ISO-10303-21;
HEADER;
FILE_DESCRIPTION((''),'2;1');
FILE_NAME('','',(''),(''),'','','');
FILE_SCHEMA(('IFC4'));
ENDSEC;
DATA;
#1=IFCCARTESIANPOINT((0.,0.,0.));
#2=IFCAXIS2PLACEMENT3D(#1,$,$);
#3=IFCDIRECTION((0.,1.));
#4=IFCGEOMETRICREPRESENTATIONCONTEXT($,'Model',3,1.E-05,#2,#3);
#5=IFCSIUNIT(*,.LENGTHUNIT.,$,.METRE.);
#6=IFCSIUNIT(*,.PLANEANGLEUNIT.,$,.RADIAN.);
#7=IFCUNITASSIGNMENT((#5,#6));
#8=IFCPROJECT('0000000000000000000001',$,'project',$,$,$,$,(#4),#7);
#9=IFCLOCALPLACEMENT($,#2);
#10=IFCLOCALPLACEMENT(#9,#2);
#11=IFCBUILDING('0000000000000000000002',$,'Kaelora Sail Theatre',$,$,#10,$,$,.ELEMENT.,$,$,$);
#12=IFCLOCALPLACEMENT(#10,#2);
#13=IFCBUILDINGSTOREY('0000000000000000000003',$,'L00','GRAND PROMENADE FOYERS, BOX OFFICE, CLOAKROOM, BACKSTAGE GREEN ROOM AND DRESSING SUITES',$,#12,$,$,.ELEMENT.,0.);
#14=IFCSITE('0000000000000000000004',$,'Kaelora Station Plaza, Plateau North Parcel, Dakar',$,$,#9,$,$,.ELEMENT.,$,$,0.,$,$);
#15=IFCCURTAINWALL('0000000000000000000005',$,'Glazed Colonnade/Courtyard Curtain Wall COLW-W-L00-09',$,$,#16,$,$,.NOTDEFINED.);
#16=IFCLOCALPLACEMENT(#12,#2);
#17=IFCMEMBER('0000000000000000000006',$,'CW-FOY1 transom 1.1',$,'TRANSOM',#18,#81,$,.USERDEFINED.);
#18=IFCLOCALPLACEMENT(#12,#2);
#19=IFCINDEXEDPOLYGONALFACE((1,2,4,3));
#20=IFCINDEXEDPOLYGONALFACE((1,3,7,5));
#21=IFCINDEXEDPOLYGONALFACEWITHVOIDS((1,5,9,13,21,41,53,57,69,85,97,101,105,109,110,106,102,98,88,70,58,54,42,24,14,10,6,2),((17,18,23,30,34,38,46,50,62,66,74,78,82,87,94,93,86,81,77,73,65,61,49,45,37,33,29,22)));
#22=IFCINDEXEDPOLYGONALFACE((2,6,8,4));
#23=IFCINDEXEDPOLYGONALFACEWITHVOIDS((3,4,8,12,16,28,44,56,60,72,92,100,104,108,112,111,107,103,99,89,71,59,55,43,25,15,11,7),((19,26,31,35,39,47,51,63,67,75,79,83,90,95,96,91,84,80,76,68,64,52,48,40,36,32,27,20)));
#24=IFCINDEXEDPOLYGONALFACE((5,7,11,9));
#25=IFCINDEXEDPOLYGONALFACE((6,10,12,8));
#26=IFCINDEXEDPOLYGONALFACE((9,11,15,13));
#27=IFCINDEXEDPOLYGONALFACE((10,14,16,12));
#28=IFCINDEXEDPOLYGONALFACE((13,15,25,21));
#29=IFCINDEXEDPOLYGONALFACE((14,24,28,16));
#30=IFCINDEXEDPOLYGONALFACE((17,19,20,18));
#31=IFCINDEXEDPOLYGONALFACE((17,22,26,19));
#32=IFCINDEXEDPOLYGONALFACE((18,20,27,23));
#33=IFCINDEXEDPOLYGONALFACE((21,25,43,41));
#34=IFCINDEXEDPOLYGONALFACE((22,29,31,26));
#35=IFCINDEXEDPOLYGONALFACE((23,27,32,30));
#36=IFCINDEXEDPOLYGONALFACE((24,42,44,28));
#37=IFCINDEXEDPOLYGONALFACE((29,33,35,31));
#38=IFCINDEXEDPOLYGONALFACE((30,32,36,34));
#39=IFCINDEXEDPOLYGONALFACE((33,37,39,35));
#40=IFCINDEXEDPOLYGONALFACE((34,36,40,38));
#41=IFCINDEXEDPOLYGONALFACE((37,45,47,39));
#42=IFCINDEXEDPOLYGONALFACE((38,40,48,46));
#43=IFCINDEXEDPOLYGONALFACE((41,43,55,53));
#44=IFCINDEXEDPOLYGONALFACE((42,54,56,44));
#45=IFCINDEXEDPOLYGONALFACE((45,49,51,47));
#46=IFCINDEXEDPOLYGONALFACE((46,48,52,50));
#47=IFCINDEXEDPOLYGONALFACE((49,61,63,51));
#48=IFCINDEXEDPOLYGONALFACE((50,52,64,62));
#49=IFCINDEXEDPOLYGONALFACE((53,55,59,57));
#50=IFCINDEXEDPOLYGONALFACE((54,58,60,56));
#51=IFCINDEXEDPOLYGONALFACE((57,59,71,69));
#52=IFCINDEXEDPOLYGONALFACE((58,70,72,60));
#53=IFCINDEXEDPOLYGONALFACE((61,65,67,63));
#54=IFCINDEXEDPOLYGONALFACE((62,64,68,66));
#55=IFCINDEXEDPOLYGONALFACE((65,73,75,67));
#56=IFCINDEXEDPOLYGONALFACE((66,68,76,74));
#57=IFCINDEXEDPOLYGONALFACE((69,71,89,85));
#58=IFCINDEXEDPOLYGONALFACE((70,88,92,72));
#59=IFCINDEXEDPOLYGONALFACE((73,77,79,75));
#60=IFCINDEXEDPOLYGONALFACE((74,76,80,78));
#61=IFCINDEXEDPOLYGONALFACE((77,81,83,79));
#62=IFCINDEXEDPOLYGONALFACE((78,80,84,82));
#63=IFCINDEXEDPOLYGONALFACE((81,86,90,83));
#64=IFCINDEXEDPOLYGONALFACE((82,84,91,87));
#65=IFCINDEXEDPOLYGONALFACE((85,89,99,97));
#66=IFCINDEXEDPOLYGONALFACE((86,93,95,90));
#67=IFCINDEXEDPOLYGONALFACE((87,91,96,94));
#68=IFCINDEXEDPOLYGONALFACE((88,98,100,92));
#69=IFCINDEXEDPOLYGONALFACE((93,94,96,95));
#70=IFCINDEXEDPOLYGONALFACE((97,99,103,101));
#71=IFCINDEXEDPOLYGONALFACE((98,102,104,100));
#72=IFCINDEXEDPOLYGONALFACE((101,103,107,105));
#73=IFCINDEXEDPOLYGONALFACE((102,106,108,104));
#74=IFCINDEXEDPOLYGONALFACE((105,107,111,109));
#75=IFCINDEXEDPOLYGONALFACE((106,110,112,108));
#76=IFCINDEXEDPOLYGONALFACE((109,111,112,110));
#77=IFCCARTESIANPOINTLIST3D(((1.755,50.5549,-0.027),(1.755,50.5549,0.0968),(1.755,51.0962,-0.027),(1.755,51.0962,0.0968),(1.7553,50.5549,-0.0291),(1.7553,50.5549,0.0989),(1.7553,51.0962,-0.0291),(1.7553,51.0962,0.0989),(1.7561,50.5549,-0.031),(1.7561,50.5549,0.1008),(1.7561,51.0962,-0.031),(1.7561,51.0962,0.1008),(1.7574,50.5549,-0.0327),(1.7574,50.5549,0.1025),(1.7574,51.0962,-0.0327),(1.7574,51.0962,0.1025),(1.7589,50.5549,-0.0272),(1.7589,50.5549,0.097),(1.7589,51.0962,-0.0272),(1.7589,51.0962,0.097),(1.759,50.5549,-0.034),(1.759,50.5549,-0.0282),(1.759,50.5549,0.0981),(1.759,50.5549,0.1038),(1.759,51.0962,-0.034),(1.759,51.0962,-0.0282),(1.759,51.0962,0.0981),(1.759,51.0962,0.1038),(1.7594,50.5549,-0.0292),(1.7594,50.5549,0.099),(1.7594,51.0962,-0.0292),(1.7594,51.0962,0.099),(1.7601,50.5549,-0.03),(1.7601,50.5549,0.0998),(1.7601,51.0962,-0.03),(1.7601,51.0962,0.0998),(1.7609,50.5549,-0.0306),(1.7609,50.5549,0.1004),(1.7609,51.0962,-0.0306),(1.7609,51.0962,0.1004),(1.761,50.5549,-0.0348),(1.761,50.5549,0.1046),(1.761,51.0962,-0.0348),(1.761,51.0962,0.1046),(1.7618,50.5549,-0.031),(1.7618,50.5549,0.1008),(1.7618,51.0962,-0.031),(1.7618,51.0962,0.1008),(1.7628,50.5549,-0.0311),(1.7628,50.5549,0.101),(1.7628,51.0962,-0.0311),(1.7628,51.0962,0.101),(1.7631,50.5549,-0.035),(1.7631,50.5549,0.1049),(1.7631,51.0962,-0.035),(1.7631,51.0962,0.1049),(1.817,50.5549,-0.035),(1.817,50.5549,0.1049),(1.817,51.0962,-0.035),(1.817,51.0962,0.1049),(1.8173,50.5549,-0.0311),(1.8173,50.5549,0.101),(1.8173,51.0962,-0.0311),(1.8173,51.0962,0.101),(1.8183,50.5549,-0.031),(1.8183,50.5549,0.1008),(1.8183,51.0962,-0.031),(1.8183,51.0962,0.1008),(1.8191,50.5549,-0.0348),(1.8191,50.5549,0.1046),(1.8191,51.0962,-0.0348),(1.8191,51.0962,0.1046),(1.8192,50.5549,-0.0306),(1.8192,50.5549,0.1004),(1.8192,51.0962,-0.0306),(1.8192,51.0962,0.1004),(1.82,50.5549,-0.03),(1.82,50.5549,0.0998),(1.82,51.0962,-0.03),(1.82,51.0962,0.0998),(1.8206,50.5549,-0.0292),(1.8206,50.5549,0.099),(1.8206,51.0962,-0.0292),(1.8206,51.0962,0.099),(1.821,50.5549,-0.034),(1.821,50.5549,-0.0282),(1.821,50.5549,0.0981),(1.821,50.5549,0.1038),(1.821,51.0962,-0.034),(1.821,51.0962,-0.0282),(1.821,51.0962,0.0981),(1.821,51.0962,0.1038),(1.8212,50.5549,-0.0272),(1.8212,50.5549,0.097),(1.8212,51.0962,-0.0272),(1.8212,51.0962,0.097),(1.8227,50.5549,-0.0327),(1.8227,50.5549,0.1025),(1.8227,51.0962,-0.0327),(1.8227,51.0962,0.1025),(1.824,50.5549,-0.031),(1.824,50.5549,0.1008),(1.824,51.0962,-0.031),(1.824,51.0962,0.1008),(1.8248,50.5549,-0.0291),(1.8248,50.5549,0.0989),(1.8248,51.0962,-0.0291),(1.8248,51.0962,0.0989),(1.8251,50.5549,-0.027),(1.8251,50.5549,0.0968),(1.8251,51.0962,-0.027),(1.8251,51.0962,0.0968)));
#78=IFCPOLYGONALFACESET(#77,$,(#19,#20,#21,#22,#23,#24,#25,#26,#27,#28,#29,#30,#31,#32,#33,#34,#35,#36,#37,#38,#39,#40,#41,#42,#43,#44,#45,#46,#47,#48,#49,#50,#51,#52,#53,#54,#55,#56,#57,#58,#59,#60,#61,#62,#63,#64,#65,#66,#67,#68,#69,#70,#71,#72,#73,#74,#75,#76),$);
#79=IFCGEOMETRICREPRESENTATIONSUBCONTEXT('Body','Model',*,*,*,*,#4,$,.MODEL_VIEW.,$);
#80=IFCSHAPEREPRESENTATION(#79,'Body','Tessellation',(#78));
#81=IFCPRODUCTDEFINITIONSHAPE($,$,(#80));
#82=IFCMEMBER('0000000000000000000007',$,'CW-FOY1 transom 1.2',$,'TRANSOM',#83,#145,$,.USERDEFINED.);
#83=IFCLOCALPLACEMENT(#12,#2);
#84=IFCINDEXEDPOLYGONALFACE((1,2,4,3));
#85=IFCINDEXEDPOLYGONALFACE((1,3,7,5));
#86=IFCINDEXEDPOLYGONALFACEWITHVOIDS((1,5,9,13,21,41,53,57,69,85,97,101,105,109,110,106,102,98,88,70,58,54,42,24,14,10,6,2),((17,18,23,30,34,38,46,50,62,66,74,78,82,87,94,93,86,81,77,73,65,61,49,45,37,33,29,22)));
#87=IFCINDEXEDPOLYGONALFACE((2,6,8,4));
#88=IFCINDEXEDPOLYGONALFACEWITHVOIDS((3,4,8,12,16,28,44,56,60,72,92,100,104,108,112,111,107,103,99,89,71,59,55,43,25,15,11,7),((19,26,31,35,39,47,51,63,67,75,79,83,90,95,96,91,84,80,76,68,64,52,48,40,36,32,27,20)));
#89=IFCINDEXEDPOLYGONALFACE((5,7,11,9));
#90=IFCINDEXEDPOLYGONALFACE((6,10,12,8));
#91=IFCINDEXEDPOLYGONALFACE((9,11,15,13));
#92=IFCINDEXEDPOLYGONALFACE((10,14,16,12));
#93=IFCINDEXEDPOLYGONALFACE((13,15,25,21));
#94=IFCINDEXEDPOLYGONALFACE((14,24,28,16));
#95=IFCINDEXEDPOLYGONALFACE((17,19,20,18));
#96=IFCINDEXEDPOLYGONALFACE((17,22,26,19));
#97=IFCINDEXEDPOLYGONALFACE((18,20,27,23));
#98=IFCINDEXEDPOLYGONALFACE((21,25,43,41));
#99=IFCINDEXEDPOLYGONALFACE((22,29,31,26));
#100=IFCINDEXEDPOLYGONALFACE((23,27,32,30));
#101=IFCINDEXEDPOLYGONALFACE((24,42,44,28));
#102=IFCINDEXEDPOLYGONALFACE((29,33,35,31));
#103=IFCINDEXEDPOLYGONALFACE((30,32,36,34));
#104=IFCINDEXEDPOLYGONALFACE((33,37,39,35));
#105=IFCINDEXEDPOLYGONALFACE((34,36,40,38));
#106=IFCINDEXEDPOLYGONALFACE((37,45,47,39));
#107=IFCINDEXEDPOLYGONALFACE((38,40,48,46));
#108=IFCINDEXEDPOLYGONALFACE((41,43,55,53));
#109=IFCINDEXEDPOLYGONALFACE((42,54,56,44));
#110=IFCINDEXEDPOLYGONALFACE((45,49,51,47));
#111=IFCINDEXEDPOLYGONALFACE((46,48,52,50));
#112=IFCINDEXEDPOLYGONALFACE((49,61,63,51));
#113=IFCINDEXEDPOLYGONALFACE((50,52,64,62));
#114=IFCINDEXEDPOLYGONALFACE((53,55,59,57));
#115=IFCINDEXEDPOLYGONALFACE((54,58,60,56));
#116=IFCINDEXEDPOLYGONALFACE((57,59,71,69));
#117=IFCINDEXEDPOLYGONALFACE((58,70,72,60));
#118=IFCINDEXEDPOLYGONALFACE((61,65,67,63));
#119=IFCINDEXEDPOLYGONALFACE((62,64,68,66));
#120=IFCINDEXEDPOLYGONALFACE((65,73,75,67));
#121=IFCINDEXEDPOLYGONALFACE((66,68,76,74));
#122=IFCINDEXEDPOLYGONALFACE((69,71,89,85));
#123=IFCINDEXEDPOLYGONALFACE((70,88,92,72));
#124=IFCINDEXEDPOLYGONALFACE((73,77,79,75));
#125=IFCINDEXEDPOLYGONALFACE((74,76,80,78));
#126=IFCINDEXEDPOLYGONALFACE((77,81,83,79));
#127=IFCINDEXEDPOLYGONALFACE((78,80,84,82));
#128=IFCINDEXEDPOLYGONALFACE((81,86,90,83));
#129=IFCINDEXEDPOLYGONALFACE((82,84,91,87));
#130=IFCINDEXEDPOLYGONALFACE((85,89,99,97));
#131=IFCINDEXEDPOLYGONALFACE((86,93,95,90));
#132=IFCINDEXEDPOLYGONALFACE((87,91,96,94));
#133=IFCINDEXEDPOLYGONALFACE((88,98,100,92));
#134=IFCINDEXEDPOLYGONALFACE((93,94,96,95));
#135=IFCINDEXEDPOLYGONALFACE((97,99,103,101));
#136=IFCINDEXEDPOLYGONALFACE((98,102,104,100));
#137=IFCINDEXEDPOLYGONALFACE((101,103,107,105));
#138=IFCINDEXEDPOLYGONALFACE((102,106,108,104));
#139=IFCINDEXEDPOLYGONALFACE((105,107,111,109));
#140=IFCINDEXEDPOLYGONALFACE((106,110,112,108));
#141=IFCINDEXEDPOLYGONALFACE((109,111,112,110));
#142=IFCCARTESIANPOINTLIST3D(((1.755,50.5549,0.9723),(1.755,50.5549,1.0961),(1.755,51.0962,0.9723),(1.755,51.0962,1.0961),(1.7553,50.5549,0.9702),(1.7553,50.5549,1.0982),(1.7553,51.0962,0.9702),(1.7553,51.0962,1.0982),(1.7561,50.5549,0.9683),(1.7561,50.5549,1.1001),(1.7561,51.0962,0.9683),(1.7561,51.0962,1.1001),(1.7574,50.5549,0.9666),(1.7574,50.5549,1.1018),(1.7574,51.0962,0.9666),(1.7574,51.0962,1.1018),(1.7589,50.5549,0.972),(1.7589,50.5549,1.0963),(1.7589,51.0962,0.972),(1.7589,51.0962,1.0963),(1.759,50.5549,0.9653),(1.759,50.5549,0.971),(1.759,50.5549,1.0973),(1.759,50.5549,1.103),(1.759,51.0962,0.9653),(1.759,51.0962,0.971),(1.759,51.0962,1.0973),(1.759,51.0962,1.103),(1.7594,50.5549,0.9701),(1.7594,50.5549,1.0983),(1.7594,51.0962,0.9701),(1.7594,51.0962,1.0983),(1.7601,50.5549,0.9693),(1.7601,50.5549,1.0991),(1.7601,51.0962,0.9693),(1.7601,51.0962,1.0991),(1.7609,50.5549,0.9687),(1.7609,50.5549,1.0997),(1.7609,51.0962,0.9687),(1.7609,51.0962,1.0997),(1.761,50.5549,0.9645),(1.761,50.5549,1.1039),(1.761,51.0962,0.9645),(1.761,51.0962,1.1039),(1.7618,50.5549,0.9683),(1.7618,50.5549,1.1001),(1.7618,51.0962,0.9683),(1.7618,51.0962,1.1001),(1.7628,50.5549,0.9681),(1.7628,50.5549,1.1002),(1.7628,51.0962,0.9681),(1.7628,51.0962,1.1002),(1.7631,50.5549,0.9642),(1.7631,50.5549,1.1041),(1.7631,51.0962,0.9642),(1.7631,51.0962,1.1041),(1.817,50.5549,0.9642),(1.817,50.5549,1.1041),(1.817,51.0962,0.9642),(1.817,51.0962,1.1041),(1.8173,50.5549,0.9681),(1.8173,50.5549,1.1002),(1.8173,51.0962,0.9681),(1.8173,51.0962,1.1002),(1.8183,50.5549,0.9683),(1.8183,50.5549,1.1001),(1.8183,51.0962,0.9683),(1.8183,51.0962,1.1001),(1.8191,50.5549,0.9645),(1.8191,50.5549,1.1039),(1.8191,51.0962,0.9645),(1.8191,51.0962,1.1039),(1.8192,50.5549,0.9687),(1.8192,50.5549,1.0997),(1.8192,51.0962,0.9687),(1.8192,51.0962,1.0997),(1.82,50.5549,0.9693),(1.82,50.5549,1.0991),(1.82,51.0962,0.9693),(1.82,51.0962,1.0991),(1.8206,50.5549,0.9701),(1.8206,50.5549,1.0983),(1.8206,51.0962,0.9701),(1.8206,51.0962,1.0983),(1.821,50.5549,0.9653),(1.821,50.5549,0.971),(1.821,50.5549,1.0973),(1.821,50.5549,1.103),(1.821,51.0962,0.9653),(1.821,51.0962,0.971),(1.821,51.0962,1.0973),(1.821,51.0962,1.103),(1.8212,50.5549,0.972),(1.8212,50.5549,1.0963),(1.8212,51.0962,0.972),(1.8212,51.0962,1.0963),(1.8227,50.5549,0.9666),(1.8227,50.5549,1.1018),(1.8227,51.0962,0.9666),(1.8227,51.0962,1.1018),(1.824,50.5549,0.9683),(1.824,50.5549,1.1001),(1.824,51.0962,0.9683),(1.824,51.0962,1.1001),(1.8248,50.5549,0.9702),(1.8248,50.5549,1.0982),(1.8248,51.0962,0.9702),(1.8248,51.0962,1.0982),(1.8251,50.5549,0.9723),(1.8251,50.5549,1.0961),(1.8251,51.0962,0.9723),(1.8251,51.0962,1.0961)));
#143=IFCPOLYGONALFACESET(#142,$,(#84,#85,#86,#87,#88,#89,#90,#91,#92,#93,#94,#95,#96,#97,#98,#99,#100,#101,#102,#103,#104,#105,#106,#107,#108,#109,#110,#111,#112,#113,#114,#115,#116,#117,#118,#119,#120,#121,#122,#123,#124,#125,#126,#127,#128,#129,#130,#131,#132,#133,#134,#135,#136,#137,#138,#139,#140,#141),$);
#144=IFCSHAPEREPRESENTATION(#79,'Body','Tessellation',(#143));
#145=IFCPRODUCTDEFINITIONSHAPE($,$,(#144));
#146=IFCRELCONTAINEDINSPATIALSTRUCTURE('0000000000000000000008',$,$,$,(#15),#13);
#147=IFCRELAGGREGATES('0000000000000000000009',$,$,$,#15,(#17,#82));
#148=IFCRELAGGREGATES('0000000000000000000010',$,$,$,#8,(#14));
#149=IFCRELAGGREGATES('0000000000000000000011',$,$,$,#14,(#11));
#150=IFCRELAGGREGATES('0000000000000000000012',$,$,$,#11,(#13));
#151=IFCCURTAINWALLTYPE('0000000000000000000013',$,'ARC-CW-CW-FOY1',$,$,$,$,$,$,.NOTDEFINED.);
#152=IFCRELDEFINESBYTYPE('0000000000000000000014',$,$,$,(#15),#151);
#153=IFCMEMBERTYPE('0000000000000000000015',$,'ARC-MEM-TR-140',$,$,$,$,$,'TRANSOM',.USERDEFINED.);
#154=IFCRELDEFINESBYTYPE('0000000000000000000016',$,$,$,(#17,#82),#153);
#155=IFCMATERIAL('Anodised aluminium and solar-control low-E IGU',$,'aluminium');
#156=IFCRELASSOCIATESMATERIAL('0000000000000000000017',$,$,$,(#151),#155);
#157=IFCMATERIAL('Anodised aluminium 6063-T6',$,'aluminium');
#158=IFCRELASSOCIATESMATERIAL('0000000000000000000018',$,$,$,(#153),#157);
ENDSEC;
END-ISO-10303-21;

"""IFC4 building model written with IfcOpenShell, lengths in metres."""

from ifc_helpers import new_model, si_unit, direction, frame, origin, origin_2d, place, context, subcontext, project, spatial, hollow_rectangle, extrude, material, material_profile, profile_set, type_object, element, aggregate, save


model = new_model("IFC4")

# Units and contexts
model_context = context("Model", 3, precision=1e-05, world=origin(), true_north=direction((0.0, 1.0)))
body_context = subcontext(model_context, "Body", "Model", "MODEL_VIEW")
ifc_project = project(units=[si_unit("LENGTHUNIT", "METRE"), si_unit("PLANEANGLEUNIT", "RADIAN")], contexts=[model_context])

# Site, building, storey
site_placement = place(None, origin())
site = spatial("IfcSite", under=ifc_project, at=site_placement, Name="Kaelora Station Plaza, Plateau North Parcel, Dakar", CompositionType="ELEMENT", RefElevation=0.0)
building_placement = place(site_placement, origin())
building = spatial("IfcBuilding", under=site, at=building_placement, Name="Kaelora Sail Theatre", CompositionType="ELEMENT")
storey_placement = place(building_placement, origin())
storey = spatial("IfcBuildingStorey", under=building, at=storey_placement, Name="L00", Description="GRAND PROMENADE FOYERS, BOX OFFICE, CLOAKROOM, BACKSTAGE GREEN ROOM AND DRESSING SUITES", CompositionType="ELEMENT", Elevation=0.0)

# Shared definitions
ifc_material_1 = material(Name="Anodised aluminium and solar-control low-E IGU", Category="aluminium")
curtain_wall_type = type_object("IfcCurtainWallType", Name="ARC-CW-CW-FOY1", PredefinedType="NOTDEFINED", material=ifc_material_1)

# Curtain wall
curtain_wall_1_placement = place(storey_placement, origin())
curtain_wall_1 = element("IfcCurtainWall", 1, at=curtain_wall_1_placement, inside=storey, type_object=curtain_wall_type, Name="Glazed Colonnade/Courtyard Curtain Wall COLW-W-L00-09", PredefinedType="NOTDEFINED")

# Members
ifc_material_2 = material(Name="Anodised aluminium 6063-T6", Category="aluminium")
ifc_material_profile_1 = material_profile(ifc_material_2, hollow_rectangle(XDim=0.0701, YDim=0.1399, WallThickness=0.0039, InnerFilletRadius=0.0039, OuterFilletRadius=0.0081, at=origin_2d()), Name="ALU-TRAN 70x140x4")
ifc_profile_set_1 = profile_set([ifc_material_profile_1], Name="Anodised aluminium 6063-T6")
member_type_1 = type_object("IfcMemberType", Name="ARC-MEM-TR-140", ElementType="TRANSOM", PredefinedType="USERDEFINED", material=ifc_profile_set_1)
member_1_placement = place(storey_placement, frame((1.79, 50.5549, 0.0349), z_axis=(0.0, 1.0, 0.0), x_axis=(-1.0, 0.0, 0.0)))
member_1 = element("IfcMember", 2, at=member_1_placement, type_object=member_type_1, Name="CW-FOY1 transom 1.1", ObjectType="TRANSOM", PredefinedType="USERDEFINED", context=body_context, shape_type="SweptSolid", body=[
    extrude(hollow_rectangle(XDim=0.0701, YDim=0.1399, WallThickness=0.0039, InnerFilletRadius=0.0039, OuterFilletRadius=0.0081, at=origin_2d()), origin(), (0.0, 0.0, 1.0), 0.5413),
])
member_2_placement = place(storey_placement, frame((1.79, 50.5549, 1.0342), z_axis=(0.0, 1.0, 0.0), x_axis=(-1.0, 0.0, 0.0)))
member_2 = element("IfcMember", 3, at=member_2_placement, type_object=member_type_1, Name="CW-FOY1 transom 1.2", ObjectType="TRANSOM", PredefinedType="USERDEFINED", context=body_context, shape_type="SweptSolid", body=[
    extrude(hollow_rectangle(XDim=0.0701, YDim=0.1399, WallThickness=0.0039, InnerFilletRadius=0.0039, OuterFilletRadius=0.0081, at=origin_2d()), origin(), (0.0, 0.0, 1.0), 0.5413),
])

aggregate(curtain_wall_1, [member_1, member_2])

save(model, "model.ifc")
